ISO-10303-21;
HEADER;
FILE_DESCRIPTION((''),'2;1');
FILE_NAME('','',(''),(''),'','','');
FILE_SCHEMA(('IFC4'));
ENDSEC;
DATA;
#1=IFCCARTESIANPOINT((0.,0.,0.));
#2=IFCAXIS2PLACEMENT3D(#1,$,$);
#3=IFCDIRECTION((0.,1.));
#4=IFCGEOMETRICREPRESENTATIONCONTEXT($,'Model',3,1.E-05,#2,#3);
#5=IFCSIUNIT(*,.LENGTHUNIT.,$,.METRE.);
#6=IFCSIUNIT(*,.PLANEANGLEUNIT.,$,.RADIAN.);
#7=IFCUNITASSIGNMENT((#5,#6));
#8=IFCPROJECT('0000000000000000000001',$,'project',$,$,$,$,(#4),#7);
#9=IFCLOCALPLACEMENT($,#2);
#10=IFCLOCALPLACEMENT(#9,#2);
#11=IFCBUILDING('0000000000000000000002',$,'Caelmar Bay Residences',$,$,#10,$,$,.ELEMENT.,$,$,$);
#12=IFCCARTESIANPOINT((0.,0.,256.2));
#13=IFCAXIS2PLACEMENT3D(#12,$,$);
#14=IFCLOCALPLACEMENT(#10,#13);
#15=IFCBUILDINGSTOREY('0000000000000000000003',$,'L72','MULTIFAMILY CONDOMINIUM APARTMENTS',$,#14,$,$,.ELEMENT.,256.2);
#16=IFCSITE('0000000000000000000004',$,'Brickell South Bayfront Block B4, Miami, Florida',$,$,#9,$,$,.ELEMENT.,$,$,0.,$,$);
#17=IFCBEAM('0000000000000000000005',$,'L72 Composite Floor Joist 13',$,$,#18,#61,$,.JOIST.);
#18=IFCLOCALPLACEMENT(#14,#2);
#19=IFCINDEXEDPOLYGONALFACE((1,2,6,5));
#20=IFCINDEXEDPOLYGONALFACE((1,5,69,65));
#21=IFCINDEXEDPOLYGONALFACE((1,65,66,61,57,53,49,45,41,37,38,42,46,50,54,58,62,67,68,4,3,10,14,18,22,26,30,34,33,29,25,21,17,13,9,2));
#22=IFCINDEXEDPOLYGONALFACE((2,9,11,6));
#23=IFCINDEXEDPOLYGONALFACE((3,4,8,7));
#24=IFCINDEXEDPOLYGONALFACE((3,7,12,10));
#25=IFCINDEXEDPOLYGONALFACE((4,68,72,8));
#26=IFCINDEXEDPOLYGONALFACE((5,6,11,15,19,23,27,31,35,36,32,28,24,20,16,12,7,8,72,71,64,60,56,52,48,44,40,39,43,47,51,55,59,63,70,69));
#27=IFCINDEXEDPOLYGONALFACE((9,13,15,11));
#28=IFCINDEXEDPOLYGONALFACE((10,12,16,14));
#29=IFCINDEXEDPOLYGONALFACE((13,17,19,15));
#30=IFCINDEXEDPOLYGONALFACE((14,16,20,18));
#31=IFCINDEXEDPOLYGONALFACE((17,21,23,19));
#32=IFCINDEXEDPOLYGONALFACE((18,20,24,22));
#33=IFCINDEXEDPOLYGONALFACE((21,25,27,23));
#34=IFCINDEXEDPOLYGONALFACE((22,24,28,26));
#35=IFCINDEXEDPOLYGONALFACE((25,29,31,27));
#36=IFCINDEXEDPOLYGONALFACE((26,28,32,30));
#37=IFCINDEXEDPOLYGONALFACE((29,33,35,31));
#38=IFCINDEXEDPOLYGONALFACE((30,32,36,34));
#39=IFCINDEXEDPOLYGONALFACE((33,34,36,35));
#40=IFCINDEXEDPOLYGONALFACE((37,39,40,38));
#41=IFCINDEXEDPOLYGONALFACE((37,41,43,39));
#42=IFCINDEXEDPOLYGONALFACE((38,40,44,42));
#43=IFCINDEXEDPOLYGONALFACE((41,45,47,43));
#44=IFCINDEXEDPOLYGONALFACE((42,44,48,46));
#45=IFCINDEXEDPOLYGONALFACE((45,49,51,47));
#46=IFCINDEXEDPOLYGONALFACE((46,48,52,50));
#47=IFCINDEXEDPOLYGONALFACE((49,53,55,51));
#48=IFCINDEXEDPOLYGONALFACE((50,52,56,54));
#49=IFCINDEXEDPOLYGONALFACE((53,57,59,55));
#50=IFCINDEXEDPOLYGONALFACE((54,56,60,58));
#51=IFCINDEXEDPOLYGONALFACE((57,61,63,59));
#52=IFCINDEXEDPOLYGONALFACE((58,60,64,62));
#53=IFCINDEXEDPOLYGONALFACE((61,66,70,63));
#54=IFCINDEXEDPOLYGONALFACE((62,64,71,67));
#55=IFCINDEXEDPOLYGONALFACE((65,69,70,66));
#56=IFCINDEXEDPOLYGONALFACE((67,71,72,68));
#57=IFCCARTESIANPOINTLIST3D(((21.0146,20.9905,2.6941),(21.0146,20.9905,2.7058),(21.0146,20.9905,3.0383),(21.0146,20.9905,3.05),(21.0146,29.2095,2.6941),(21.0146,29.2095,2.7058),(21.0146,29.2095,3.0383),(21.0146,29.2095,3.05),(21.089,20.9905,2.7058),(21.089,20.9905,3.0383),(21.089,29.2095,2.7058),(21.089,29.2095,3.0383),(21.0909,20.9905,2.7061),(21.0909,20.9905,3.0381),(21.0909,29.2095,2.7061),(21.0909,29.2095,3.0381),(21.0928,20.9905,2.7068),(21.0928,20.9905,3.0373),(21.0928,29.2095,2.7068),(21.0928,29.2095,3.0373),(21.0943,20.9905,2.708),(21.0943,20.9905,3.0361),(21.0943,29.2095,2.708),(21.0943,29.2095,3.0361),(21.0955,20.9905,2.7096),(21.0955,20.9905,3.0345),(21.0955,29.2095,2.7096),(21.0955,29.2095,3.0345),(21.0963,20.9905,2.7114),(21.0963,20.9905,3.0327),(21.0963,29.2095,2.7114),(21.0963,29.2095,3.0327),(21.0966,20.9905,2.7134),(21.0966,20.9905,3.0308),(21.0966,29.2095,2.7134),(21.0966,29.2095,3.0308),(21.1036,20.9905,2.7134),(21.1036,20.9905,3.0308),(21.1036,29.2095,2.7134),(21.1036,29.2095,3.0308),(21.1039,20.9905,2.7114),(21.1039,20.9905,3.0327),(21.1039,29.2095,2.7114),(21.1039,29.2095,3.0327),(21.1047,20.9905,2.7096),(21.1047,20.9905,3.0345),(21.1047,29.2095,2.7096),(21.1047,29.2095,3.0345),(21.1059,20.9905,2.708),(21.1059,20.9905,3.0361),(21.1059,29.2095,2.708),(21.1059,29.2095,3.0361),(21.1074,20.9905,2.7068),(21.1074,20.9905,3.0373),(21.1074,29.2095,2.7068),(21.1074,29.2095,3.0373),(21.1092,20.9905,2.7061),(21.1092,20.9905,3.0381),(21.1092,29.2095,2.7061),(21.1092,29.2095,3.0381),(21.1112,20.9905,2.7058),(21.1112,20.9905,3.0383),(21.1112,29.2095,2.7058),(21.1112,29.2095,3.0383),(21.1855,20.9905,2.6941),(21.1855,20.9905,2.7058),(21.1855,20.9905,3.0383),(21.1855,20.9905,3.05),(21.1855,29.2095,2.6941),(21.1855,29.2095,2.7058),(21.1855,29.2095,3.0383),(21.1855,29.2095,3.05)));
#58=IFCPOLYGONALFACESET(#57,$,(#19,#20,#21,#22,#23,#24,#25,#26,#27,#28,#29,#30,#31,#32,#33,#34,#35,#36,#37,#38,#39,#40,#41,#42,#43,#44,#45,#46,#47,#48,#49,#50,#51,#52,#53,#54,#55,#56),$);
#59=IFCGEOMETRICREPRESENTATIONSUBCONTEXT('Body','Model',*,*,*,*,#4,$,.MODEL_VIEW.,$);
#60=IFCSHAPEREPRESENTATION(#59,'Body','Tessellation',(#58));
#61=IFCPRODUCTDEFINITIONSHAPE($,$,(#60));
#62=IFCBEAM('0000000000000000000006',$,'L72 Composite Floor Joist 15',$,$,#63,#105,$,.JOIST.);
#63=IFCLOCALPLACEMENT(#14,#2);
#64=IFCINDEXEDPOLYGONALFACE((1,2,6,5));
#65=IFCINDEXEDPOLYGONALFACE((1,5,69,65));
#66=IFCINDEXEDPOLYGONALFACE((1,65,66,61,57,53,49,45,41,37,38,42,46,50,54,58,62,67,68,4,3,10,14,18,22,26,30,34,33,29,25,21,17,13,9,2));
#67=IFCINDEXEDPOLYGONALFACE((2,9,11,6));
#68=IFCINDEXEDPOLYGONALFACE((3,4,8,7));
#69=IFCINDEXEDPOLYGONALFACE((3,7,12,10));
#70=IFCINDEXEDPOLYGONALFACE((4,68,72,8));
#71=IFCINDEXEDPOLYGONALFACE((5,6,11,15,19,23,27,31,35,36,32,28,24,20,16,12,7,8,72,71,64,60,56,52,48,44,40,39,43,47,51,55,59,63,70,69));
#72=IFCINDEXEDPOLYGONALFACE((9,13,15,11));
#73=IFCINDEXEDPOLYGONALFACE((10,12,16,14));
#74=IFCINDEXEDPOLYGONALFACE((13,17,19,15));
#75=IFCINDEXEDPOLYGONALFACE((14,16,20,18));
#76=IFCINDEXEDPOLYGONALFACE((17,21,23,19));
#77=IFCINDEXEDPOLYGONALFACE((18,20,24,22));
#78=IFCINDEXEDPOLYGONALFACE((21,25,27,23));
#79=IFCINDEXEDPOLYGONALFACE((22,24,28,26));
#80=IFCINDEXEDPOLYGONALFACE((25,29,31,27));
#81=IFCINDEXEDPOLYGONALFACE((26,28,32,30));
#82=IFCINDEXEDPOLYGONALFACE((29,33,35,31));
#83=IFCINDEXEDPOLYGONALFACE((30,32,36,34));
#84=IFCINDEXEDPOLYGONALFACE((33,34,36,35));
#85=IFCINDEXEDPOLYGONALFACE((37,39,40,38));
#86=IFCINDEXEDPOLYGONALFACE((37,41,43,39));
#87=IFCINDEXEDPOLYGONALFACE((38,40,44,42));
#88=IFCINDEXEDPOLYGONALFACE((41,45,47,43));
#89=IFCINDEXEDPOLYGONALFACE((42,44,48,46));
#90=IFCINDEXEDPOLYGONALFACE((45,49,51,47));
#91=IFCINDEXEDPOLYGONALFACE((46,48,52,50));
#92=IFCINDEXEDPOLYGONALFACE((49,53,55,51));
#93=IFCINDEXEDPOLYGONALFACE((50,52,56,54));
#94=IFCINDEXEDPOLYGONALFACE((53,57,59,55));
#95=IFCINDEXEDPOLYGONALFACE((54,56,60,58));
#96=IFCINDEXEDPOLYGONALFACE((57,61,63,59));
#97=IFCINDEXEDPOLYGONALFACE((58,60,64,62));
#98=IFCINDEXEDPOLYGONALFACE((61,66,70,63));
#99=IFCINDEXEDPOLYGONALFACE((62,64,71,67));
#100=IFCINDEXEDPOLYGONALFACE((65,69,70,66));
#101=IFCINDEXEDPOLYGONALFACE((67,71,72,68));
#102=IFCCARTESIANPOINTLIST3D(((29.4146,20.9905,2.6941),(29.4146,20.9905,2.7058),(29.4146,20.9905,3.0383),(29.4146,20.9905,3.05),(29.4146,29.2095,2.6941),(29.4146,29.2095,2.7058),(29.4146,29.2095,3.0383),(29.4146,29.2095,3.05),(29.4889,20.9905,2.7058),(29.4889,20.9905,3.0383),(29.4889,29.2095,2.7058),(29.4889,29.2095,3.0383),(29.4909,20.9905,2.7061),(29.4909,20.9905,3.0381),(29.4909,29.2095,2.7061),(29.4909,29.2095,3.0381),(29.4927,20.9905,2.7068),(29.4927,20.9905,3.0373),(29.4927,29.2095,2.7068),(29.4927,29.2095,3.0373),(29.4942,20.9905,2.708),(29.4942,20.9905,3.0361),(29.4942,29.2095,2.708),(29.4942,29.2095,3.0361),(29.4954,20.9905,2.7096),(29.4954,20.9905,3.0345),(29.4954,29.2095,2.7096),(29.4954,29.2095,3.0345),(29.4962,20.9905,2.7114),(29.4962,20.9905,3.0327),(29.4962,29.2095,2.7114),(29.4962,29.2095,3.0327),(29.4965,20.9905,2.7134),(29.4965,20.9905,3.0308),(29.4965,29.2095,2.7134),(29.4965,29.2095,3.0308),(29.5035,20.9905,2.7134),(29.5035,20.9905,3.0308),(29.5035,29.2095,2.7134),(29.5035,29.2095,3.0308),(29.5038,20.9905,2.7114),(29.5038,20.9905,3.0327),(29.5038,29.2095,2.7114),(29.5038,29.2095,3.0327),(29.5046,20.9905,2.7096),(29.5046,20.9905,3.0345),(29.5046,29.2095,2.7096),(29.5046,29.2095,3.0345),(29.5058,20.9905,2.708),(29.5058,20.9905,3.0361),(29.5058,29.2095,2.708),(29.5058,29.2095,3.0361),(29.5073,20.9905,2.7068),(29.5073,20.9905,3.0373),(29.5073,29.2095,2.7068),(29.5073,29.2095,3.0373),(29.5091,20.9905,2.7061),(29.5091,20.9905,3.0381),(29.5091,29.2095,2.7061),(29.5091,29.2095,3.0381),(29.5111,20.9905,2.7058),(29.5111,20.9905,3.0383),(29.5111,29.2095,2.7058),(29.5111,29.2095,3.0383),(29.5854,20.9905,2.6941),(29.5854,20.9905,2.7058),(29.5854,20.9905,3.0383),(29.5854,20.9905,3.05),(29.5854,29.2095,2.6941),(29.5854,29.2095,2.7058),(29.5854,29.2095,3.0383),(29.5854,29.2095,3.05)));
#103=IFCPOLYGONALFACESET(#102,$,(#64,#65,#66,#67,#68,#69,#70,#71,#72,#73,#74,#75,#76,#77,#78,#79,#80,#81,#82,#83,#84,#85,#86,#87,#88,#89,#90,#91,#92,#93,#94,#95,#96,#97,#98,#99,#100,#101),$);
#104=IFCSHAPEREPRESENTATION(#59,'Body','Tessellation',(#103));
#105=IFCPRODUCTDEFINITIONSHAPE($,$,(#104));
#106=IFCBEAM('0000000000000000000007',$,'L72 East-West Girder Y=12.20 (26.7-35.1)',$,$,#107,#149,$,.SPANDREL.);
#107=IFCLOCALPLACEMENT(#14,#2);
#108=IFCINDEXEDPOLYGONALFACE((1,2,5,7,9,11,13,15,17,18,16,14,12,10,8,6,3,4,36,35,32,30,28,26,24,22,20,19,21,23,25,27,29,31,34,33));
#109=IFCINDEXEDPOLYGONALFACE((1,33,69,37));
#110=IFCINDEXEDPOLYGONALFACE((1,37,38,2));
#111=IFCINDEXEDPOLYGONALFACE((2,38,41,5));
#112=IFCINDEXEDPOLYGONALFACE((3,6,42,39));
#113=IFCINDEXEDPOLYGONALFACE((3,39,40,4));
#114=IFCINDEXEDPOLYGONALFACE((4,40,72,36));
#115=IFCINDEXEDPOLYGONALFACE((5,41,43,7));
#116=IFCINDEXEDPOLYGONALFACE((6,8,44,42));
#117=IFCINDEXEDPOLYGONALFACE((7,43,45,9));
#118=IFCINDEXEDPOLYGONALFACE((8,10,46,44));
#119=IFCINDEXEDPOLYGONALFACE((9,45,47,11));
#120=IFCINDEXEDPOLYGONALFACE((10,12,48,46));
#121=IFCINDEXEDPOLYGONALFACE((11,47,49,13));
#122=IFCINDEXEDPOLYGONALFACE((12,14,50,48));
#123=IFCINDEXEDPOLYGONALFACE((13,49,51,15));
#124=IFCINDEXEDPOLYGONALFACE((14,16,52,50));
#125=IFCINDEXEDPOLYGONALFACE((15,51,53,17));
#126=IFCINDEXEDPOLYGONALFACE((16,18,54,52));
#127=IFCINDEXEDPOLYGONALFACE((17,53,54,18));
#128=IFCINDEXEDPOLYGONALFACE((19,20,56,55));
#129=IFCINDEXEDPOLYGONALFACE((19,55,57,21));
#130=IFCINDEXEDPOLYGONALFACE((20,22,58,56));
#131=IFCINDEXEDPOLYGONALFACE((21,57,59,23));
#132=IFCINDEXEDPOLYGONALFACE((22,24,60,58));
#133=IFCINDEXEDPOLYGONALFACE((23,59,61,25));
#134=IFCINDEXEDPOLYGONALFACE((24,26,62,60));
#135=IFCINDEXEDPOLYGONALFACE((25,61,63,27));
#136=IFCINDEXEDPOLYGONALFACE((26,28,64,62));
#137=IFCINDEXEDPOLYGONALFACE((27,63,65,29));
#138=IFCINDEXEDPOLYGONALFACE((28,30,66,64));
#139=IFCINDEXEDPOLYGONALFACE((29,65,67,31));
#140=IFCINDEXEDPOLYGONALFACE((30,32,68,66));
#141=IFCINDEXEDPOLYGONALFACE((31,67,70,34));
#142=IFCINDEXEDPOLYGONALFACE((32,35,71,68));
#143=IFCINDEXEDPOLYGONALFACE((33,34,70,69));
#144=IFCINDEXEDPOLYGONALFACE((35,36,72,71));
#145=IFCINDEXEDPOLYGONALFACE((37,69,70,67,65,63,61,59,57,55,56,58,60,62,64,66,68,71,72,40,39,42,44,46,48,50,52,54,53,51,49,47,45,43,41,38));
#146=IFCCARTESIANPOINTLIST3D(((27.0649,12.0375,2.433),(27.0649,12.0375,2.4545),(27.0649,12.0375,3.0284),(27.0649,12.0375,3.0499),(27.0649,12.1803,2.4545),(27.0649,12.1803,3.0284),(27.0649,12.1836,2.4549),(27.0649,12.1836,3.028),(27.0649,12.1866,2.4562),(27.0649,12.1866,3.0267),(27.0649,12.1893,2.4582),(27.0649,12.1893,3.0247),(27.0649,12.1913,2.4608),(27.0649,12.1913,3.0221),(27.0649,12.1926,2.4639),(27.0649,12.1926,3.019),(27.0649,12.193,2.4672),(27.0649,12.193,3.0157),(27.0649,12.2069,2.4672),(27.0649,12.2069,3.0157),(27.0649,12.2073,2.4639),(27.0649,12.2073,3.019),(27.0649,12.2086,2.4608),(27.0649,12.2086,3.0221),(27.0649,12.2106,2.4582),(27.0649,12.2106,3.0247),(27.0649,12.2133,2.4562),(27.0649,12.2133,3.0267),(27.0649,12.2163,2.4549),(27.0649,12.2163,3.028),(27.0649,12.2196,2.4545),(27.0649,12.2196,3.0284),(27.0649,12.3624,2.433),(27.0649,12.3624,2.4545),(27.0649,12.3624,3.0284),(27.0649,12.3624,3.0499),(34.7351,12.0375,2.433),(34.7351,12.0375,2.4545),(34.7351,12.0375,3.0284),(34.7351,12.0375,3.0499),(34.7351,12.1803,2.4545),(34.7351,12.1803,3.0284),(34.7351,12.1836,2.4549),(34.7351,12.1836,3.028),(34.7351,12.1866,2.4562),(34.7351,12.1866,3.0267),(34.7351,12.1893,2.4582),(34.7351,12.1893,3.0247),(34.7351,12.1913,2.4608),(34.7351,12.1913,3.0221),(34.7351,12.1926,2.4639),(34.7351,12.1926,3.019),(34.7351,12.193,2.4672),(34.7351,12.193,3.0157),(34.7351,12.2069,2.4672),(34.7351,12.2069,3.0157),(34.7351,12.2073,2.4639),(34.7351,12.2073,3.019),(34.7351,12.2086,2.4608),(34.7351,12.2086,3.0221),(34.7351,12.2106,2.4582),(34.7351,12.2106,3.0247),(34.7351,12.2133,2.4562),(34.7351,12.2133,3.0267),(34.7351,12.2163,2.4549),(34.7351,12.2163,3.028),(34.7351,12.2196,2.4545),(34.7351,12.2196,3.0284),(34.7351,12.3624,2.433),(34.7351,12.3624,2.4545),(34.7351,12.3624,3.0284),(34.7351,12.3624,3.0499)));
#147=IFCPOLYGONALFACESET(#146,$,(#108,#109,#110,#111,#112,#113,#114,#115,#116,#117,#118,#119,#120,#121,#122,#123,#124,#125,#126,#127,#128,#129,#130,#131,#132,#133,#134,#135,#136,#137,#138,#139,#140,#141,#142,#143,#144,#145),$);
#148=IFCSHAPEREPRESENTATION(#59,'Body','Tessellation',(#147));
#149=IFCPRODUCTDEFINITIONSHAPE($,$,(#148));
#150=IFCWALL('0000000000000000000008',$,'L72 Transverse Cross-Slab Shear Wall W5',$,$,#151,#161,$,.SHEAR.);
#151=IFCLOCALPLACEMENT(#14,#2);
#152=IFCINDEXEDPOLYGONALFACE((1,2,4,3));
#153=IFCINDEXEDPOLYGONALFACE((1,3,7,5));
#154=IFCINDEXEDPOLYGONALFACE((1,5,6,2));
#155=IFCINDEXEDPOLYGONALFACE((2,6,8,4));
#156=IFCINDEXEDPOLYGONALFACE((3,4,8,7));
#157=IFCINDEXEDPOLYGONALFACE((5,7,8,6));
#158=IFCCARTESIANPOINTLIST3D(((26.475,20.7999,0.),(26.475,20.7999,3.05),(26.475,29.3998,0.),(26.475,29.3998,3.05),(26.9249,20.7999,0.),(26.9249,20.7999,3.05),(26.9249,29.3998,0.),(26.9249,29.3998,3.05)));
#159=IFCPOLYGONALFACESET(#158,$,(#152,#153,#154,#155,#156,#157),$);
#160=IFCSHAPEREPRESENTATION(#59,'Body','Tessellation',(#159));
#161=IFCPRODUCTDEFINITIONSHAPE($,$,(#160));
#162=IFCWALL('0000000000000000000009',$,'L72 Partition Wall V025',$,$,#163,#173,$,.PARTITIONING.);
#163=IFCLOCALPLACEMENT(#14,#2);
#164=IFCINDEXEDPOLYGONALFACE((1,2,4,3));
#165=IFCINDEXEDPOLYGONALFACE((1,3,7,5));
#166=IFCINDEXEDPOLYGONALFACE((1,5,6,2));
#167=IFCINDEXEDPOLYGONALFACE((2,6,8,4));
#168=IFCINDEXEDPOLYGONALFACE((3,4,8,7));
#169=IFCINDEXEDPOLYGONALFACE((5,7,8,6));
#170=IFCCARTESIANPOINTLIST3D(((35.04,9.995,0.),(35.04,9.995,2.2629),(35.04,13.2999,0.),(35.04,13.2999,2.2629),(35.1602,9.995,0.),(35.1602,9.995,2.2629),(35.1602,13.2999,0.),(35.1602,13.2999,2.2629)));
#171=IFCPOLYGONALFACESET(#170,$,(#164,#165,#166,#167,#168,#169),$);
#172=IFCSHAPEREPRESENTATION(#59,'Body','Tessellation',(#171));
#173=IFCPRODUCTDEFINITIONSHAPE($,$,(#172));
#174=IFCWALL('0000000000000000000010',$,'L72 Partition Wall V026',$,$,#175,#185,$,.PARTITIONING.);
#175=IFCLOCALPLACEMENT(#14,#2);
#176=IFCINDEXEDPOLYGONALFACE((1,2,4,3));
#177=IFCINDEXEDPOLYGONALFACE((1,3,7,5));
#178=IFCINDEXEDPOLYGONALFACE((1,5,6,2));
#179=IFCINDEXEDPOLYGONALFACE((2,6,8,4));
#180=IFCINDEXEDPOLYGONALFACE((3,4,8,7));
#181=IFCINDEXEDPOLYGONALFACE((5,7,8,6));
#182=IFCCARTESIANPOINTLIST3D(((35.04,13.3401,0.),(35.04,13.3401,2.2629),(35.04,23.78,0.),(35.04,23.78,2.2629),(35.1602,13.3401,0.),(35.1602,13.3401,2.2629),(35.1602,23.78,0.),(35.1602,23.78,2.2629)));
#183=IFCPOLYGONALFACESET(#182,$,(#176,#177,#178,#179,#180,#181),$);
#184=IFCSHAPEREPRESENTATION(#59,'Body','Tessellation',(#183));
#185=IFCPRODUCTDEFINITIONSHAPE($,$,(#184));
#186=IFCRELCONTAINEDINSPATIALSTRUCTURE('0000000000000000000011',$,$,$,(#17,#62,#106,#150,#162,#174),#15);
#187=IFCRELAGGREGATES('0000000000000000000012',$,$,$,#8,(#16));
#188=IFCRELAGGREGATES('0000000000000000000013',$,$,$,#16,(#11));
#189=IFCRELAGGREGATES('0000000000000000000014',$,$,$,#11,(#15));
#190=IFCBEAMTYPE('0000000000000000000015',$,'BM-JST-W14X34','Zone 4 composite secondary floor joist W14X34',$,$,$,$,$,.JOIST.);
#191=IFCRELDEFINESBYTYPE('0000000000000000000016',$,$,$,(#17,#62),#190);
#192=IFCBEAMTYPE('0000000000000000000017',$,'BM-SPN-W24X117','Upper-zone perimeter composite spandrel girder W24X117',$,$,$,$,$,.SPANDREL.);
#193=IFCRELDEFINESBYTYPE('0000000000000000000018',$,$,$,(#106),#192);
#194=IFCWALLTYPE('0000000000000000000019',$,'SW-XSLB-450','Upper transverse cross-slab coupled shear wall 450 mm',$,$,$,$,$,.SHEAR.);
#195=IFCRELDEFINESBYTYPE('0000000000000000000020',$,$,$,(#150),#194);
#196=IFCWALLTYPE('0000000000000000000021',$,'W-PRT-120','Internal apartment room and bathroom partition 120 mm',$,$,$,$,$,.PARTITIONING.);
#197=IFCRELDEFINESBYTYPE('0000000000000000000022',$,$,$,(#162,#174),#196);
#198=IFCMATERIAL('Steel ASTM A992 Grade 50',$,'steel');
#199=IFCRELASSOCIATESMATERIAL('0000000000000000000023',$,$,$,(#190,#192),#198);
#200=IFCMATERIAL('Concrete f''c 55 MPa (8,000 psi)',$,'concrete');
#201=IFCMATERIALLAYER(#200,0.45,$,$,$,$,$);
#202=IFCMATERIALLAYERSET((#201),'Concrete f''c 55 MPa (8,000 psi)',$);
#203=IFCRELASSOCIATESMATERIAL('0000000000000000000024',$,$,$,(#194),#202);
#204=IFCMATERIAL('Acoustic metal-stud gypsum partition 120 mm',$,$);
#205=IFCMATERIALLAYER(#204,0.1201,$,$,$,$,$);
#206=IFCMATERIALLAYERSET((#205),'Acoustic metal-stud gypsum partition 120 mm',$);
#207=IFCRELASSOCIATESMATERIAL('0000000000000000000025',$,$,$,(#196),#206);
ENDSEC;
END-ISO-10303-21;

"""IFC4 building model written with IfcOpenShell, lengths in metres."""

from ifc_helpers import new_model, si_unit, direction, frame, frame_2d, origin, origin_2d, place, context, subcontext, project, spatial, rectangle, i_section, extrude, material, layer, layer_set, material_profile, profile_set, type_object, element, save


model = new_model("IFC4")

# Units and contexts
model_context = context("Model", 3, precision=1e-05, world=origin(), true_north=direction((0.0, 1.0)))
body_context = subcontext(model_context, "Body", "Model", "MODEL_VIEW")
ifc_project = project(units=[si_unit("LENGTHUNIT", "METRE"), si_unit("PLANEANGLEUNIT", "RADIAN")], contexts=[model_context])

# Site, building, storey
site_placement = place(None, origin())
site = spatial("IfcSite", under=ifc_project, at=site_placement, Name="Brickell South Bayfront Block B4, Miami, Florida", CompositionType="ELEMENT", RefElevation=0.0)
building_placement = place(site_placement, origin())
building = spatial("IfcBuilding", under=site, at=building_placement, Name="Caelmar Bay Residences", CompositionType="ELEMENT")
storey_placement = place(building_placement, frame((0.0, 0.0, 256.2)))
storey = spatial("IfcBuildingStorey", under=building, at=storey_placement, Name="L72", Description="MULTIFAMILY CONDOMINIUM APARTMENTS", CompositionType="ELEMENT", Elevation=256.2)

# Shared definitions
ifc_material_1 = material(Name="Concrete f'c 55 MPa (8,000 psi)", Category="concrete")

# Beams
ifc_material_2 = material(Name="Steel ASTM A992 Grade 50", Category="steel")
ifc_material_profile_1 = material_profile(ifc_material_2, i_section(OverallWidth=0.1709, OverallDepth=0.356, WebThickness=0.0071, FlangeThickness=0.0117, FilletRadius=0.0076, at=origin_2d()), Name="W14X34")
ifc_profile_set_1 = profile_set([ifc_material_profile_1], Name="Steel ASTM A992 Grade 50")
beam_type_1 = type_object("IfcBeamType", Name="BM-JST-W14X34", Description="Zone 4 composite secondary floor joist W14X34", PredefinedType="JOIST", material=ifc_profile_set_1)
for number, where, z_axis, x_axis, name in (
    (1, (21.1001, 20.9905, 2.8721), (0.0, 1.0, 0.0), (-1.0, 0.0, 0.0), "L72 Composite Floor Joist 13"),
    (2, (29.5, 20.9905, 2.8721), (0.0, 1.0, 0.0), (-1.0, 0.0, 0.0), "L72 Composite Floor Joist 15"),
):
    element("IfcBeam", number, at=place(storey_placement, frame(where, z_axis=z_axis, x_axis=x_axis)), inside=storey, type_object=beam_type_1, Name=name, PredefinedType="JOIST", context=body_context, shape_type="SweptSolid", body=[
        extrude(i_section(OverallWidth=0.1709, OverallDepth=0.356, WebThickness=0.0071, FlangeThickness=0.0117, FilletRadius=0.0076, at=origin_2d()), origin(), (0.0, 0.0, 1.0), 8.219),
    ])
ifc_material_profile_2 = material_profile(ifc_material_2, i_section(OverallWidth=0.325, OverallDepth=0.6169, WebThickness=0.0139, FlangeThickness=0.0215, FilletRadius=0.0127, at=origin_2d()), Name="W24X117")
ifc_profile_set_2 = profile_set([ifc_material_profile_2], Name="Steel ASTM A992 Grade 50")
beam_type_2 = type_object("IfcBeamType", Name="BM-SPN-W24X117", Description="Upper-zone perimeter composite spandrel girder W24X117", PredefinedType="SPANDREL", material=ifc_profile_set_2)
beam_1_placement = place(storey_placement, frame((27.0649, 12.2, 2.7415), z_axis=(1.0, 0.0, 0.0), x_axis=(0.0, 1.0, 0.0)))
element("IfcBeam", 3, at=beam_1_placement, inside=storey, type_object=beam_type_2, Name="L72 East-West Girder Y=12.20 (26.7-35.1)", PredefinedType="SPANDREL", context=body_context, shape_type="SweptSolid", body=[
    extrude(i_section(OverallWidth=0.325, OverallDepth=0.6169, WebThickness=0.0139, FlangeThickness=0.0215, FilletRadius=0.0127, at=origin_2d()), origin(), (0.0, 0.0, 1.0), 7.6702),
])

# Walls
ifc_layer_1 = layer(ifc_material_1, 0.45)
ifc_layer_set_1 = layer_set([ifc_layer_1], Name="Concrete f'c 55 MPa (8,000 psi)")
wall_type_1 = type_object("IfcWallType", Name="SW-XSLB-450", Description="Upper transverse cross-slab coupled shear wall 450 mm", PredefinedType="SHEAR", material=ifc_layer_set_1)
wall_1_placement = place(storey_placement, frame((26.7, 20.8, 0.0), z_axis=(0.0, 0.0, 1.0), x_axis=(0.0, 1.0, 0.0)))
element("IfcWall", 4, at=wall_1_placement, inside=storey, type_object=wall_type_1, Name="L72 Transverse Cross-Slab Shear Wall W5", PredefinedType="SHEAR", context=body_context, shape_type="SweptSolid", body=[
    extrude(rectangle(XDim=8.5999, YDim=0.45, at=frame_2d((4.2998, 0.0))), origin(), (0.0, 0.0, 1.0), 3.05),
])
ifc_material_3 = material(Name="Acoustic metal-stud gypsum partition 120 mm")
ifc_layer_2 = layer(ifc_material_3, 0.1201)
ifc_layer_set_2 = layer_set([ifc_layer_2], Name="Acoustic metal-stud gypsum partition 120 mm")
wall_type_2 = type_object("IfcWallType", Name="W-PRT-120", Description="Internal apartment room and bathroom partition 120 mm", PredefinedType="PARTITIONING", material=ifc_layer_set_2)
wall_2_placement = place(storey_placement, frame((35.1001, 9.9951, 0.0), z_axis=(0.0, 0.0, 1.0), x_axis=(0.0, 1.0, 0.0)))
element("IfcWall", 5, at=wall_2_placement, inside=storey, type_object=wall_type_2, Name="L72 Partition Wall V025", PredefinedType="PARTITIONING", context=body_context, shape_type="SweptSolid", body=[
    extrude(rectangle(XDim=3.3049, YDim=0.1201, at=frame_2d((1.6523, 0.0))), origin(), (0.0, 0.0, 1.0), 2.2629),
])
wall_3_placement = place(storey_placement, frame((35.1001, 13.3401, 0.0), z_axis=(0.0, 0.0, 1.0), x_axis=(0.0, 1.0, 0.0)))
element("IfcWall", 6, at=wall_3_placement, inside=storey, type_object=wall_type_2, Name="L72 Partition Wall V026", PredefinedType="PARTITIONING", context=body_context, shape_type="SweptSolid", body=[
    extrude(rectangle(XDim=10.4399, YDim=0.1201, at=frame_2d((5.22, 0.0))), origin(), (0.0, 0.0, 1.0), 2.2629),
])

save(model, "model.ifc")
